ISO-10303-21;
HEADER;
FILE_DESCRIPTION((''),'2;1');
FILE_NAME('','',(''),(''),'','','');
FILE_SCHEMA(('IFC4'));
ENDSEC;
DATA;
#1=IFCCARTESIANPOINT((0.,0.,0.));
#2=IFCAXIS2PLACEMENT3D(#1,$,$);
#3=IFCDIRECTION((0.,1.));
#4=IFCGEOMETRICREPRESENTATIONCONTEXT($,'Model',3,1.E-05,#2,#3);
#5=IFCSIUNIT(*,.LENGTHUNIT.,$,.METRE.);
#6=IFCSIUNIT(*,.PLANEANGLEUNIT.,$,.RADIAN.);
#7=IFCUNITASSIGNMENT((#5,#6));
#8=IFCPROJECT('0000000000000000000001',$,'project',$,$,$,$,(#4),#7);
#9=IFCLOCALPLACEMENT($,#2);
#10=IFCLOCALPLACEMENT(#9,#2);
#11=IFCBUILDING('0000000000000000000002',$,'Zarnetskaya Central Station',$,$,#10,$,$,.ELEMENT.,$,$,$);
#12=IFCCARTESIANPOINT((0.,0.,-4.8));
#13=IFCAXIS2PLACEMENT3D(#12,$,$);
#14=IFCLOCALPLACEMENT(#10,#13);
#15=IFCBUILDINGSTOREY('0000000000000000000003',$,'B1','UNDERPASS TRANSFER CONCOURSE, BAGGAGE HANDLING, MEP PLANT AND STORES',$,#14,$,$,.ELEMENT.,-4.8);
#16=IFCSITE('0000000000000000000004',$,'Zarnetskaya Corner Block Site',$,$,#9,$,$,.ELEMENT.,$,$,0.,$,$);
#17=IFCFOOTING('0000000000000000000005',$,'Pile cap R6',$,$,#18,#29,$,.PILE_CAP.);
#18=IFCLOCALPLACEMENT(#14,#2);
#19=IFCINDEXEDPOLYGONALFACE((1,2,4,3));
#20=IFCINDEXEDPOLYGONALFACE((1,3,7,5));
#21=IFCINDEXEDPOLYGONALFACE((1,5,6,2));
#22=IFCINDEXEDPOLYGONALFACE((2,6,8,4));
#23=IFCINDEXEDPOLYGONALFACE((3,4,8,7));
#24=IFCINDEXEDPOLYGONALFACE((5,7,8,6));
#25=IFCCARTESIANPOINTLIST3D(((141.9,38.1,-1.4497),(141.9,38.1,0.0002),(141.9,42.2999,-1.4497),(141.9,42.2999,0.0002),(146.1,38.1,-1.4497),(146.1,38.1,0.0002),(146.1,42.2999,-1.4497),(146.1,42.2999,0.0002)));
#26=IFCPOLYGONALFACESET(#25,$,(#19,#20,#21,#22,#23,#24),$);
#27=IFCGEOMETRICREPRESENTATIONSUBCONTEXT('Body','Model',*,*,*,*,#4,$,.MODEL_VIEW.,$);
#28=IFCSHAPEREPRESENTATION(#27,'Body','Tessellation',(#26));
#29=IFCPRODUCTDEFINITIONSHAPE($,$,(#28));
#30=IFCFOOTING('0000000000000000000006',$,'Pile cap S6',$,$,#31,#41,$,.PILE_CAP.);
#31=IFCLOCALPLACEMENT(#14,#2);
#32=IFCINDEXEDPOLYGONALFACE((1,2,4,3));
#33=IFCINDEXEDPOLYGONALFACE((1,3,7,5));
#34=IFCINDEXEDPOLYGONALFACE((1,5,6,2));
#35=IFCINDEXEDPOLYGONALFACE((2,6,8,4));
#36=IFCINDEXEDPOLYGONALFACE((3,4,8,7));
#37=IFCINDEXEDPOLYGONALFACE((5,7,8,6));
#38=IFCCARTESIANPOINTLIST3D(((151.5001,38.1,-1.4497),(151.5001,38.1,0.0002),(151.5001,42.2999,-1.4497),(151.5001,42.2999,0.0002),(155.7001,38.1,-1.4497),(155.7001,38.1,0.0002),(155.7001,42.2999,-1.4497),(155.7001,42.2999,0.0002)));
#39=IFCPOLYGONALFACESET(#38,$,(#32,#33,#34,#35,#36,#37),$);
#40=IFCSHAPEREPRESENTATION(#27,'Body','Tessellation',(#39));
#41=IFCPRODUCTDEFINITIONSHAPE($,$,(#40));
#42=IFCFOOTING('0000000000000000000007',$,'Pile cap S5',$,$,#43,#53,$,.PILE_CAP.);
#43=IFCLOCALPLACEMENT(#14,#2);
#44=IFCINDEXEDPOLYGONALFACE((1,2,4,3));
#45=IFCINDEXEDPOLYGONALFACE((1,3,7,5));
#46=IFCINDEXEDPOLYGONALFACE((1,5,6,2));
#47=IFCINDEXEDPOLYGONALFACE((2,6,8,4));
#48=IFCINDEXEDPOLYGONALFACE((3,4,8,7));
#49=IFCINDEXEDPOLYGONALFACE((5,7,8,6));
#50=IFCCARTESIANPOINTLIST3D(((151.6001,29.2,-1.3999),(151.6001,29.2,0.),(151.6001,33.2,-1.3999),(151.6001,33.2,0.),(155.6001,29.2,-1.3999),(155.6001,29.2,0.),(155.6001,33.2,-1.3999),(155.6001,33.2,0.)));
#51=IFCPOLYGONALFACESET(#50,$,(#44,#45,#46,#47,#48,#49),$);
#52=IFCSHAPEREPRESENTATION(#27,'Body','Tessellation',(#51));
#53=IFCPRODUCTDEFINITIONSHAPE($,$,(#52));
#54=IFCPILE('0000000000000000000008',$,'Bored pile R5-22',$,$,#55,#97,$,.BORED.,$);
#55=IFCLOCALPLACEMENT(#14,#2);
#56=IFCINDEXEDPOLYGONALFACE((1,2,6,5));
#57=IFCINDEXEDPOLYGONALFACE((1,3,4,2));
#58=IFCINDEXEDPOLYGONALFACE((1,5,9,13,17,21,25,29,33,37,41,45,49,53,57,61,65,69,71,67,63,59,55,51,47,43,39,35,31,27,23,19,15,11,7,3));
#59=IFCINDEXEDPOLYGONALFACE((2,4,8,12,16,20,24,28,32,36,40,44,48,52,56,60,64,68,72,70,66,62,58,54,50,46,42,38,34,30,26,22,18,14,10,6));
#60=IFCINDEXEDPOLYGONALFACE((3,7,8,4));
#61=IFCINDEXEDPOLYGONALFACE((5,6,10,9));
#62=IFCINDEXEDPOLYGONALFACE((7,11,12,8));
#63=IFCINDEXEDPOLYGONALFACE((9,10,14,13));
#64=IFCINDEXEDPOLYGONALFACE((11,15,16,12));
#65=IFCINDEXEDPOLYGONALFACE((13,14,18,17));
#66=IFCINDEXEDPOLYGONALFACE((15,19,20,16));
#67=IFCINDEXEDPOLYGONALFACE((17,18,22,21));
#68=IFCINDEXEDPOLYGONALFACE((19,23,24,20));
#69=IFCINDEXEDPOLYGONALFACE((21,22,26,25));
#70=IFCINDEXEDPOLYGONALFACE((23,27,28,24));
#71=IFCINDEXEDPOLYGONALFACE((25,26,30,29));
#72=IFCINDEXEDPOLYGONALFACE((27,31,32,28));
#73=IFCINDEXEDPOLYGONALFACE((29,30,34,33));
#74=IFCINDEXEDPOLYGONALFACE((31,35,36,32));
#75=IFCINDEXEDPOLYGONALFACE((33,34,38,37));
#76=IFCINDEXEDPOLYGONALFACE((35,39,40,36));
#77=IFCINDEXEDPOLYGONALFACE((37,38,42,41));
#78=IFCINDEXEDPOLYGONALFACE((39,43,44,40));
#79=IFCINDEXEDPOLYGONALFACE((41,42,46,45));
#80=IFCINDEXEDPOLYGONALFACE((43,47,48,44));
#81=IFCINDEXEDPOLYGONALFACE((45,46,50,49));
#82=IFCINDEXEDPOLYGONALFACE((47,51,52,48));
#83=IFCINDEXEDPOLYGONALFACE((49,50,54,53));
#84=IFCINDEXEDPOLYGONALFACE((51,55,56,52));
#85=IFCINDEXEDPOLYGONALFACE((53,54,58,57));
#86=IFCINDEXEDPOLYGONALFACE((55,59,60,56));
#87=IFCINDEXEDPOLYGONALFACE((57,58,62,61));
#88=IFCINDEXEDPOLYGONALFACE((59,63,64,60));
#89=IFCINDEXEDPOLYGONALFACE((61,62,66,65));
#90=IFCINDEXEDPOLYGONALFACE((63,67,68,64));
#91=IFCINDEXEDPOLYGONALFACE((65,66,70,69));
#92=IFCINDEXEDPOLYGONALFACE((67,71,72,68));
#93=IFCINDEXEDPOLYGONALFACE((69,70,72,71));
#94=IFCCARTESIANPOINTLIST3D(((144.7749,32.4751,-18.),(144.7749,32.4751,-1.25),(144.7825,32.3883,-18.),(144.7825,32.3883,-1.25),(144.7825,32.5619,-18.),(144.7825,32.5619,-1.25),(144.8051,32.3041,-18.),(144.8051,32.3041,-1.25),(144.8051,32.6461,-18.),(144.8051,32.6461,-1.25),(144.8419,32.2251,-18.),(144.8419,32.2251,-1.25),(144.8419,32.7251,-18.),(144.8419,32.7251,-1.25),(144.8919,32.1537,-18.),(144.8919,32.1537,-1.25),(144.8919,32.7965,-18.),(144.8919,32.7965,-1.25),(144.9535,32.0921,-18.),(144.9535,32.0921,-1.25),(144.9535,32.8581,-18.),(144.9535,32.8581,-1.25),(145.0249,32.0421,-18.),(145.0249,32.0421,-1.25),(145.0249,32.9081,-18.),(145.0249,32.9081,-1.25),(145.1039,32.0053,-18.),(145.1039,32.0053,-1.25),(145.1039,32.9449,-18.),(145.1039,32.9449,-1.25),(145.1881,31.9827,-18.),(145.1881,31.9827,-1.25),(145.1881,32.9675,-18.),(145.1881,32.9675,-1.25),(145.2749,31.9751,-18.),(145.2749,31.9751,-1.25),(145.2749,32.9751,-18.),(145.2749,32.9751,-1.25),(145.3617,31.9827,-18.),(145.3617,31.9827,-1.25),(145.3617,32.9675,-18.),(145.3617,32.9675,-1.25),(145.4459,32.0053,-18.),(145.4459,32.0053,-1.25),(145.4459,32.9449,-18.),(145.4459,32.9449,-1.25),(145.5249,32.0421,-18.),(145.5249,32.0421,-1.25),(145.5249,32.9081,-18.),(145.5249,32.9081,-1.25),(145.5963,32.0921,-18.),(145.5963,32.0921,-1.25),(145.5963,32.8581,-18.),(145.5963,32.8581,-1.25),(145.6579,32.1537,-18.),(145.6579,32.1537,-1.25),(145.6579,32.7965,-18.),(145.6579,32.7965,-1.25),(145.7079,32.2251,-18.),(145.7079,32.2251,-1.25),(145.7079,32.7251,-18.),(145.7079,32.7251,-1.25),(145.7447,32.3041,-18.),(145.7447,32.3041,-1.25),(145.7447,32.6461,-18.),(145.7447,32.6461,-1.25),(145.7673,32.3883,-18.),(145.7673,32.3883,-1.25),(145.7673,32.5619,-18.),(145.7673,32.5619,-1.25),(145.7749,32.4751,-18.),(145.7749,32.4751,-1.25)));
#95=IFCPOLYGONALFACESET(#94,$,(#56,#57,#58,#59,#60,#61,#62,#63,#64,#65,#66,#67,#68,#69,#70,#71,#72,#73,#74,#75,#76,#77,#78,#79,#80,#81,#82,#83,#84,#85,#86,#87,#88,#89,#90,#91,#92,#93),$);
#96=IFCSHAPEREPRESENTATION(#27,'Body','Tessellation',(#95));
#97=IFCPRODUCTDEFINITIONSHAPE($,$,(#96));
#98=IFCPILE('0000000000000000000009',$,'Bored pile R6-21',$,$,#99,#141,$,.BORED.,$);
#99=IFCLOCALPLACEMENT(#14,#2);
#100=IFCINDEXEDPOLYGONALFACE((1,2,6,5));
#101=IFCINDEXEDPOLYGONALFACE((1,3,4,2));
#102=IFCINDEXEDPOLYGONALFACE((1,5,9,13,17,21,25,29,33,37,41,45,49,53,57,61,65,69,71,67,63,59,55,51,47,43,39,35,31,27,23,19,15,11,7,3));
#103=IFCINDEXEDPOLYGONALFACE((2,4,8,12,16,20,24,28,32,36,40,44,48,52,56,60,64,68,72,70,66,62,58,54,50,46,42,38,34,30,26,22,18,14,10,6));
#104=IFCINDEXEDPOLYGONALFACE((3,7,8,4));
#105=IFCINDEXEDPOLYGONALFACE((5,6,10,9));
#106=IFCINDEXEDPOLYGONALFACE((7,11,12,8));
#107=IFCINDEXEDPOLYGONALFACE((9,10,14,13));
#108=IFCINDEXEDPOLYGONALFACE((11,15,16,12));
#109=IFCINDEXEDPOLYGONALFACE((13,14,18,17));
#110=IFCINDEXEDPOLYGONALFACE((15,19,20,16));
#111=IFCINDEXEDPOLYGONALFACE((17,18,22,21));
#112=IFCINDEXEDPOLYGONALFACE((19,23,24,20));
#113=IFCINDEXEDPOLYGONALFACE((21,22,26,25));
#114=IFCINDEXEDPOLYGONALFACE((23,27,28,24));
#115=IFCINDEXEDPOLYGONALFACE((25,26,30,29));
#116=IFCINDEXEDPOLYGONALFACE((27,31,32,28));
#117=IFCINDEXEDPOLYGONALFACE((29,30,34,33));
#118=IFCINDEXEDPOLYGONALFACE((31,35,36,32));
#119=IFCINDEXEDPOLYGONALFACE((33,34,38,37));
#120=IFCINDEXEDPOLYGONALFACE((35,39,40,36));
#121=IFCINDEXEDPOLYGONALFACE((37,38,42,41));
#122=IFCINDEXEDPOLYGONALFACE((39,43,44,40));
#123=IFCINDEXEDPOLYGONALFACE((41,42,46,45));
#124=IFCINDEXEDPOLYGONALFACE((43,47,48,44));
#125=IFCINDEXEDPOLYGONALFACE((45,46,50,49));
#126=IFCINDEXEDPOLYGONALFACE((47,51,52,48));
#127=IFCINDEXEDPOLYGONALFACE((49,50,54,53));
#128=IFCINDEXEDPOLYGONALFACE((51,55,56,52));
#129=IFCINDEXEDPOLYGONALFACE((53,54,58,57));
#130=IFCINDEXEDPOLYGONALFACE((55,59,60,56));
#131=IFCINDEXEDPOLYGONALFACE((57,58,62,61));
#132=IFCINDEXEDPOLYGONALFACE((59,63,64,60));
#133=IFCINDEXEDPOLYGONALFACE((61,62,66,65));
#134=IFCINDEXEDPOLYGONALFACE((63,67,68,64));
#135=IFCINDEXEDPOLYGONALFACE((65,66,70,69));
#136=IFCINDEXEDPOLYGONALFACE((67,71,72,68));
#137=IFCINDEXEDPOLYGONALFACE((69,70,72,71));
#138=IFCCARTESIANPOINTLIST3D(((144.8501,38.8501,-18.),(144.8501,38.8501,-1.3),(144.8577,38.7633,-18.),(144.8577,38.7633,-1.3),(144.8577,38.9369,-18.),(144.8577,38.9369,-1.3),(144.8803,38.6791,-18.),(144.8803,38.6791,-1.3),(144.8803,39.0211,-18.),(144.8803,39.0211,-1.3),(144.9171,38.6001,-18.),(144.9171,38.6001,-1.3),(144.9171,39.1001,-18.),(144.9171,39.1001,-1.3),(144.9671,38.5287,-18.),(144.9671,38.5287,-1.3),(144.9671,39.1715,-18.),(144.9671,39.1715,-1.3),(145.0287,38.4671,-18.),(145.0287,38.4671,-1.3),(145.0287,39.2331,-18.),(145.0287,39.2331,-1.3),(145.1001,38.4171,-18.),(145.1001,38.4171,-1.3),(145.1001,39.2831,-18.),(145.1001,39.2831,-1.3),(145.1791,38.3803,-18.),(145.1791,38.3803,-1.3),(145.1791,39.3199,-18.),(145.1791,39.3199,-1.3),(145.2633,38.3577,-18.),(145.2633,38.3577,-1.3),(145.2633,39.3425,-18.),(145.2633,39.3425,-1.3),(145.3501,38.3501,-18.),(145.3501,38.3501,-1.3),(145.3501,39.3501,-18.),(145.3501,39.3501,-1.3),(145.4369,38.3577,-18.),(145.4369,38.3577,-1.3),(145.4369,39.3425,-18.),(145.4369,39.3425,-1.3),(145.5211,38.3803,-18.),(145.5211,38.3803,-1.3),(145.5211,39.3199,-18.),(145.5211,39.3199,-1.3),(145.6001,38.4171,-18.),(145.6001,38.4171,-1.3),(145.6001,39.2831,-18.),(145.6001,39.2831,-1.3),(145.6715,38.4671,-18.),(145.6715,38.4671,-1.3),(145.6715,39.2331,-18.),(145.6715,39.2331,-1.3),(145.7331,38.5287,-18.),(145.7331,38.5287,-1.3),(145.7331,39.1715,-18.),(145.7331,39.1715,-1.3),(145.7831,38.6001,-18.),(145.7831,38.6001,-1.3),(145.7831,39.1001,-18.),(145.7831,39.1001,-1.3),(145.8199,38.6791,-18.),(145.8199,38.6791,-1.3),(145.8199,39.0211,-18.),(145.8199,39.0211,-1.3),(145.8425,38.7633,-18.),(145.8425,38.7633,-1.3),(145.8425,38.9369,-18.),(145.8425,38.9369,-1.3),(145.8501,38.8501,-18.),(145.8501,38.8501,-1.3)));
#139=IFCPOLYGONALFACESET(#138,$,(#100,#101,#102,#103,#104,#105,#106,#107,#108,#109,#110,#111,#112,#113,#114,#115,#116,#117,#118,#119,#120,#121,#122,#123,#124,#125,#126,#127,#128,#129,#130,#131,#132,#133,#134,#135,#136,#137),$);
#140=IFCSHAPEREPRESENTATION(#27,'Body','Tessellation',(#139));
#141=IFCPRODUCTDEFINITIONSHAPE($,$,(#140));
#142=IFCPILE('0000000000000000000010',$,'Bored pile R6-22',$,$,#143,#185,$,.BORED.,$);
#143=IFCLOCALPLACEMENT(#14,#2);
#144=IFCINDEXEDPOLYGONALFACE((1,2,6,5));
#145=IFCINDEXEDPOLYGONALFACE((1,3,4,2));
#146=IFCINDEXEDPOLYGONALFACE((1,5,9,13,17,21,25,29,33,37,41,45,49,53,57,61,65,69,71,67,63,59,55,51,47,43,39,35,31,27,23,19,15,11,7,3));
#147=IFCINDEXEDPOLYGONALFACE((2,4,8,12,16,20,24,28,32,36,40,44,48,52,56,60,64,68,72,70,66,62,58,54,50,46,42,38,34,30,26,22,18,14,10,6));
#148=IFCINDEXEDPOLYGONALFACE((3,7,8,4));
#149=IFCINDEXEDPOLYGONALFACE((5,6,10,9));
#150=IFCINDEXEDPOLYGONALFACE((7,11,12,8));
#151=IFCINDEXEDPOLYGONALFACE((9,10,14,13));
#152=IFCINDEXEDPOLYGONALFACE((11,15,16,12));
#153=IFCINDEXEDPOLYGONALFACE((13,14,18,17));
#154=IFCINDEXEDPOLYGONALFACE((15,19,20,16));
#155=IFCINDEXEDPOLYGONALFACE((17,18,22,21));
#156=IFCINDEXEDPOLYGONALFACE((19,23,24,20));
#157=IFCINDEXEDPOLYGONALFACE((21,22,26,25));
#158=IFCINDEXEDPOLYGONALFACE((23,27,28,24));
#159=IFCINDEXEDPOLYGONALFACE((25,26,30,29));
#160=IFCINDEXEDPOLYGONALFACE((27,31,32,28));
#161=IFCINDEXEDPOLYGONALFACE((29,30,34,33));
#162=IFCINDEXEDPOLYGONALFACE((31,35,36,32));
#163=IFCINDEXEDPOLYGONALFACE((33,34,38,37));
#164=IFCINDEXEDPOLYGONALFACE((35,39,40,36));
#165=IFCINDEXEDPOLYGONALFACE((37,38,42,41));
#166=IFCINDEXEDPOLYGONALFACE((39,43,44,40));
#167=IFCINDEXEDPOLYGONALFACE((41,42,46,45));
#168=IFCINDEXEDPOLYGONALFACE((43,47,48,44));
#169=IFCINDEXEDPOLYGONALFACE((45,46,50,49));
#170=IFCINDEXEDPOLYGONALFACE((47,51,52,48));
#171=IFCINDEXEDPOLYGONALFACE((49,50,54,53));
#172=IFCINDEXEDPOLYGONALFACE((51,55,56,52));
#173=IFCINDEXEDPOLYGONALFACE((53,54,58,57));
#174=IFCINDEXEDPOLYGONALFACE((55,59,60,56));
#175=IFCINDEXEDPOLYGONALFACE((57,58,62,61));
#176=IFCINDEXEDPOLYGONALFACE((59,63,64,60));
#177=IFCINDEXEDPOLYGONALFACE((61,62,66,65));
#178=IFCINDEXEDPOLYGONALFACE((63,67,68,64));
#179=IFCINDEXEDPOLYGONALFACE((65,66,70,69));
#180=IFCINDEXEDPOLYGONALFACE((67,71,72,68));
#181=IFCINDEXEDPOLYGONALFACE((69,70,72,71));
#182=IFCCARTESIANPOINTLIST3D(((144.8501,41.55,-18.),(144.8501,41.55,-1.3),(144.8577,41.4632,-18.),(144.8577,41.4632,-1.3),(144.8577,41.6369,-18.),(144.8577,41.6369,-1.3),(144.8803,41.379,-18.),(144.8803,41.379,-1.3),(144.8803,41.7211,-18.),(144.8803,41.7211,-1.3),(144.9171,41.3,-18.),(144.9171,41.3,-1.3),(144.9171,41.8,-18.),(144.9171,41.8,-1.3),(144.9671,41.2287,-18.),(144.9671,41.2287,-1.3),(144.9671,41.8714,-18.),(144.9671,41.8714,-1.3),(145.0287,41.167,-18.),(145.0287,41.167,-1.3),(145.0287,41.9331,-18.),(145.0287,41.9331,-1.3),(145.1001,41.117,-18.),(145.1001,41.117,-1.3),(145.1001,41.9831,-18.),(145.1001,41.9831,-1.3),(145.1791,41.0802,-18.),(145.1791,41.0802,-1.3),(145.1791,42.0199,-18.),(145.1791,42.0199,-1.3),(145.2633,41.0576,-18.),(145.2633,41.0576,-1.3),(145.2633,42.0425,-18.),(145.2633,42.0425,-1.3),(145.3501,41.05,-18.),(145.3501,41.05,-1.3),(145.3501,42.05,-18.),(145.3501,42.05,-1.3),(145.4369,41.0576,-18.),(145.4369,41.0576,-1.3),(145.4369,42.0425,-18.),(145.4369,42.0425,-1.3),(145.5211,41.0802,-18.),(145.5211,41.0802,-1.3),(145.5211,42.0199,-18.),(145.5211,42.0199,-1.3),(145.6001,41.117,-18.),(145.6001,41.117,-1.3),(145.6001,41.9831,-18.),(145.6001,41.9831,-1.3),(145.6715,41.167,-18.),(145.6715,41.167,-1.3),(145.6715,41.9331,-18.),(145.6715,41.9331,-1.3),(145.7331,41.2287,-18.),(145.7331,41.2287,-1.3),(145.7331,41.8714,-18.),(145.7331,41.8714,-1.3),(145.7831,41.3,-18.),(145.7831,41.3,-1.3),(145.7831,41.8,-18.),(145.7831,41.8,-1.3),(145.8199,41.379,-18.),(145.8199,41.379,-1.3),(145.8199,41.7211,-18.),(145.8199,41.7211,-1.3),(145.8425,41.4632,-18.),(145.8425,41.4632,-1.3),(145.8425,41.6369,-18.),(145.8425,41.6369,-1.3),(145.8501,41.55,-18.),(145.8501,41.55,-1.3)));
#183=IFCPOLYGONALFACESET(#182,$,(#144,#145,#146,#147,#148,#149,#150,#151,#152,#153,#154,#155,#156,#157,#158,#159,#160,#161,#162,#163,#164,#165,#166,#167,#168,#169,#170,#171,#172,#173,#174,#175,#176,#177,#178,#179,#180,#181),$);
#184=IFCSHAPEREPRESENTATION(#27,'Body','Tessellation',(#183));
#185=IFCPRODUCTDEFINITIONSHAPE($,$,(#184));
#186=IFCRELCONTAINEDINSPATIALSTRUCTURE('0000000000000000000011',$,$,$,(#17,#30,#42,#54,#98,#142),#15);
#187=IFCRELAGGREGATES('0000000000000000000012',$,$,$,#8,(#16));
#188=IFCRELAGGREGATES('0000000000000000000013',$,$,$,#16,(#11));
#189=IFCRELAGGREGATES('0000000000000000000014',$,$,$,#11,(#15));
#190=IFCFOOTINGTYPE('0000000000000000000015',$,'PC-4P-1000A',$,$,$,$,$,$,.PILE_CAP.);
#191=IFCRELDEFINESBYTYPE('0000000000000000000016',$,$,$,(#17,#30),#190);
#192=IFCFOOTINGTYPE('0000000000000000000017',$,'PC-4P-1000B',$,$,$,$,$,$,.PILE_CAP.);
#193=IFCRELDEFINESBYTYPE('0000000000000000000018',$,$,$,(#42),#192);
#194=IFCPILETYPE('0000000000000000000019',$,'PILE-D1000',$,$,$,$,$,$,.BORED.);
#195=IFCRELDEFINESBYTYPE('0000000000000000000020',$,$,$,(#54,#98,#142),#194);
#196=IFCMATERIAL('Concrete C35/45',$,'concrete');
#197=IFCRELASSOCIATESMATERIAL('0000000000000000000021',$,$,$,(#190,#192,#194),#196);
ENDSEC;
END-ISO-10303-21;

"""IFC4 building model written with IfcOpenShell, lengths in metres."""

from ifc_helpers import new_model, si_unit, direction, frame, origin, origin_2d, place, context, subcontext, project, spatial, rectangle, circle, extrude, material, material_profile, profile_set, type_object, element, save


model = new_model("IFC4")

# Units and contexts
model_context = context("Model", 3, precision=1e-05, world=origin(), true_north=direction((0.0, 1.0)))
body_context = subcontext(model_context, "Body", "Model", "MODEL_VIEW")
ifc_project = project(units=[si_unit("LENGTHUNIT", "METRE"), si_unit("PLANEANGLEUNIT", "RADIAN")], contexts=[model_context])

# Site, building, storey
site_placement = place(None, origin())
site = spatial("IfcSite", under=ifc_project, at=site_placement, Name="Zarnetskaya Corner Block Site", CompositionType="ELEMENT", RefElevation=0.0)
building_placement = place(site_placement, origin())
building = spatial("IfcBuilding", under=site, at=building_placement, Name="Zarnetskaya Central Station", CompositionType="ELEMENT")
storey_placement = place(building_placement, frame((0.0, 0.0, -4.8)))
storey = spatial("IfcBuildingStorey", under=building, at=storey_placement, Name="B1", Description="UNDERPASS TRANSFER CONCOURSE, BAGGAGE HANDLING, MEP PLANT AND STORES", CompositionType="ELEMENT", Elevation=-4.8)

# Footings
ifc_material = material(Name="Concrete C35/45", Category="concrete")
footing_type_1 = type_object("IfcFootingType", Name="PC-4P-1000A", PredefinedType="PILE_CAP", material=ifc_material)
for number, where, z_axis, x_axis, name in (
    (1, (144.0, 40.2, -1.4497), (0.0, 0.0, 1.0), (1.0, 0.0, 0.0), "Pile cap R6"),
    (2, (153.6001, 40.2, -1.4497), (0.0, 0.0, 1.0), (1.0, 0.0, 0.0), "Pile cap S6"),
):
    element("IfcFooting", number, at=place(storey_placement, frame(where, z_axis=z_axis, x_axis=x_axis)), inside=storey, type_object=footing_type_1, Name=name, PredefinedType="PILE_CAP", context=body_context, shape_type="SweptSolid", body=[
        extrude(rectangle(XDim=4.2, YDim=4.2, at=origin_2d()), origin(), (0.0, 0.0, 1.0), 1.45),
    ])
footing_type_2 = type_object("IfcFootingType", Name="PC-4P-1000B", PredefinedType="PILE_CAP", material=ifc_material)
footing_placement = place(storey_placement, frame((153.6001, 31.2, -1.3999), z_axis=(0.0, 0.0, 1.0), x_axis=(1.0, 0.0, 0.0)))
element("IfcFooting", 3, at=footing_placement, inside=storey, type_object=footing_type_2, Name="Pile cap S5", PredefinedType="PILE_CAP", context=body_context, shape_type="SweptSolid", body=[
    extrude(rectangle(XDim=4.0, YDim=4.0, at=origin_2d()), origin(), (0.0, 0.0, 1.0), 1.3999),
])

# Piles
ifc_material_profile_1 = material_profile(ifc_material, circle(Radius=0.5, at=origin_2d()), Name="BORED PILE D1000")
ifc_profile_set_1 = profile_set([ifc_material_profile_1], Name="Concrete C35/45")
pile_type_1 = type_object("IfcPileType", Name="PILE-D1000", PredefinedType="BORED", material=ifc_profile_set_1)
pile_placement = place(storey_placement, frame((145.2749, 32.4751, -1.25), z_axis=(0.0, 0.0, -1.0), x_axis=(1.0, 0.0, 0.0)))
element("IfcPile", 4, at=pile_placement, inside=storey, type_object=pile_type_1, Name="Bored pile R5-22", PredefinedType="BORED", context=body_context, shape_type="SweptSolid", body=[
    extrude(circle(Radius=0.5, at=origin_2d()), origin(), (0.0, 0.0, 1.0), 16.75),
])
for number, where, z_axis, x_axis, name in (
    (5, (145.3501, 38.8501, -1.3), (0.0, 0.0, -1.0), (1.0, 0.0, 0.0), "Bored pile R6-21"),
    (6, (145.3501, 41.55, -1.3), (0.0, 0.0, -1.0), (1.0, 0.0, 0.0), "Bored pile R6-22"),
):
    element("IfcPile", number, at=place(storey_placement, frame(where, z_axis=z_axis, x_axis=x_axis)), inside=storey, type_object=pile_type_1, Name=name, PredefinedType="BORED", context=body_context, shape_type="SweptSolid", body=[
        extrude(circle(Radius=0.5, at=origin_2d()), origin(), (0.0, 0.0, 1.0), 16.7),
    ])

save(model, "model.ifc")
